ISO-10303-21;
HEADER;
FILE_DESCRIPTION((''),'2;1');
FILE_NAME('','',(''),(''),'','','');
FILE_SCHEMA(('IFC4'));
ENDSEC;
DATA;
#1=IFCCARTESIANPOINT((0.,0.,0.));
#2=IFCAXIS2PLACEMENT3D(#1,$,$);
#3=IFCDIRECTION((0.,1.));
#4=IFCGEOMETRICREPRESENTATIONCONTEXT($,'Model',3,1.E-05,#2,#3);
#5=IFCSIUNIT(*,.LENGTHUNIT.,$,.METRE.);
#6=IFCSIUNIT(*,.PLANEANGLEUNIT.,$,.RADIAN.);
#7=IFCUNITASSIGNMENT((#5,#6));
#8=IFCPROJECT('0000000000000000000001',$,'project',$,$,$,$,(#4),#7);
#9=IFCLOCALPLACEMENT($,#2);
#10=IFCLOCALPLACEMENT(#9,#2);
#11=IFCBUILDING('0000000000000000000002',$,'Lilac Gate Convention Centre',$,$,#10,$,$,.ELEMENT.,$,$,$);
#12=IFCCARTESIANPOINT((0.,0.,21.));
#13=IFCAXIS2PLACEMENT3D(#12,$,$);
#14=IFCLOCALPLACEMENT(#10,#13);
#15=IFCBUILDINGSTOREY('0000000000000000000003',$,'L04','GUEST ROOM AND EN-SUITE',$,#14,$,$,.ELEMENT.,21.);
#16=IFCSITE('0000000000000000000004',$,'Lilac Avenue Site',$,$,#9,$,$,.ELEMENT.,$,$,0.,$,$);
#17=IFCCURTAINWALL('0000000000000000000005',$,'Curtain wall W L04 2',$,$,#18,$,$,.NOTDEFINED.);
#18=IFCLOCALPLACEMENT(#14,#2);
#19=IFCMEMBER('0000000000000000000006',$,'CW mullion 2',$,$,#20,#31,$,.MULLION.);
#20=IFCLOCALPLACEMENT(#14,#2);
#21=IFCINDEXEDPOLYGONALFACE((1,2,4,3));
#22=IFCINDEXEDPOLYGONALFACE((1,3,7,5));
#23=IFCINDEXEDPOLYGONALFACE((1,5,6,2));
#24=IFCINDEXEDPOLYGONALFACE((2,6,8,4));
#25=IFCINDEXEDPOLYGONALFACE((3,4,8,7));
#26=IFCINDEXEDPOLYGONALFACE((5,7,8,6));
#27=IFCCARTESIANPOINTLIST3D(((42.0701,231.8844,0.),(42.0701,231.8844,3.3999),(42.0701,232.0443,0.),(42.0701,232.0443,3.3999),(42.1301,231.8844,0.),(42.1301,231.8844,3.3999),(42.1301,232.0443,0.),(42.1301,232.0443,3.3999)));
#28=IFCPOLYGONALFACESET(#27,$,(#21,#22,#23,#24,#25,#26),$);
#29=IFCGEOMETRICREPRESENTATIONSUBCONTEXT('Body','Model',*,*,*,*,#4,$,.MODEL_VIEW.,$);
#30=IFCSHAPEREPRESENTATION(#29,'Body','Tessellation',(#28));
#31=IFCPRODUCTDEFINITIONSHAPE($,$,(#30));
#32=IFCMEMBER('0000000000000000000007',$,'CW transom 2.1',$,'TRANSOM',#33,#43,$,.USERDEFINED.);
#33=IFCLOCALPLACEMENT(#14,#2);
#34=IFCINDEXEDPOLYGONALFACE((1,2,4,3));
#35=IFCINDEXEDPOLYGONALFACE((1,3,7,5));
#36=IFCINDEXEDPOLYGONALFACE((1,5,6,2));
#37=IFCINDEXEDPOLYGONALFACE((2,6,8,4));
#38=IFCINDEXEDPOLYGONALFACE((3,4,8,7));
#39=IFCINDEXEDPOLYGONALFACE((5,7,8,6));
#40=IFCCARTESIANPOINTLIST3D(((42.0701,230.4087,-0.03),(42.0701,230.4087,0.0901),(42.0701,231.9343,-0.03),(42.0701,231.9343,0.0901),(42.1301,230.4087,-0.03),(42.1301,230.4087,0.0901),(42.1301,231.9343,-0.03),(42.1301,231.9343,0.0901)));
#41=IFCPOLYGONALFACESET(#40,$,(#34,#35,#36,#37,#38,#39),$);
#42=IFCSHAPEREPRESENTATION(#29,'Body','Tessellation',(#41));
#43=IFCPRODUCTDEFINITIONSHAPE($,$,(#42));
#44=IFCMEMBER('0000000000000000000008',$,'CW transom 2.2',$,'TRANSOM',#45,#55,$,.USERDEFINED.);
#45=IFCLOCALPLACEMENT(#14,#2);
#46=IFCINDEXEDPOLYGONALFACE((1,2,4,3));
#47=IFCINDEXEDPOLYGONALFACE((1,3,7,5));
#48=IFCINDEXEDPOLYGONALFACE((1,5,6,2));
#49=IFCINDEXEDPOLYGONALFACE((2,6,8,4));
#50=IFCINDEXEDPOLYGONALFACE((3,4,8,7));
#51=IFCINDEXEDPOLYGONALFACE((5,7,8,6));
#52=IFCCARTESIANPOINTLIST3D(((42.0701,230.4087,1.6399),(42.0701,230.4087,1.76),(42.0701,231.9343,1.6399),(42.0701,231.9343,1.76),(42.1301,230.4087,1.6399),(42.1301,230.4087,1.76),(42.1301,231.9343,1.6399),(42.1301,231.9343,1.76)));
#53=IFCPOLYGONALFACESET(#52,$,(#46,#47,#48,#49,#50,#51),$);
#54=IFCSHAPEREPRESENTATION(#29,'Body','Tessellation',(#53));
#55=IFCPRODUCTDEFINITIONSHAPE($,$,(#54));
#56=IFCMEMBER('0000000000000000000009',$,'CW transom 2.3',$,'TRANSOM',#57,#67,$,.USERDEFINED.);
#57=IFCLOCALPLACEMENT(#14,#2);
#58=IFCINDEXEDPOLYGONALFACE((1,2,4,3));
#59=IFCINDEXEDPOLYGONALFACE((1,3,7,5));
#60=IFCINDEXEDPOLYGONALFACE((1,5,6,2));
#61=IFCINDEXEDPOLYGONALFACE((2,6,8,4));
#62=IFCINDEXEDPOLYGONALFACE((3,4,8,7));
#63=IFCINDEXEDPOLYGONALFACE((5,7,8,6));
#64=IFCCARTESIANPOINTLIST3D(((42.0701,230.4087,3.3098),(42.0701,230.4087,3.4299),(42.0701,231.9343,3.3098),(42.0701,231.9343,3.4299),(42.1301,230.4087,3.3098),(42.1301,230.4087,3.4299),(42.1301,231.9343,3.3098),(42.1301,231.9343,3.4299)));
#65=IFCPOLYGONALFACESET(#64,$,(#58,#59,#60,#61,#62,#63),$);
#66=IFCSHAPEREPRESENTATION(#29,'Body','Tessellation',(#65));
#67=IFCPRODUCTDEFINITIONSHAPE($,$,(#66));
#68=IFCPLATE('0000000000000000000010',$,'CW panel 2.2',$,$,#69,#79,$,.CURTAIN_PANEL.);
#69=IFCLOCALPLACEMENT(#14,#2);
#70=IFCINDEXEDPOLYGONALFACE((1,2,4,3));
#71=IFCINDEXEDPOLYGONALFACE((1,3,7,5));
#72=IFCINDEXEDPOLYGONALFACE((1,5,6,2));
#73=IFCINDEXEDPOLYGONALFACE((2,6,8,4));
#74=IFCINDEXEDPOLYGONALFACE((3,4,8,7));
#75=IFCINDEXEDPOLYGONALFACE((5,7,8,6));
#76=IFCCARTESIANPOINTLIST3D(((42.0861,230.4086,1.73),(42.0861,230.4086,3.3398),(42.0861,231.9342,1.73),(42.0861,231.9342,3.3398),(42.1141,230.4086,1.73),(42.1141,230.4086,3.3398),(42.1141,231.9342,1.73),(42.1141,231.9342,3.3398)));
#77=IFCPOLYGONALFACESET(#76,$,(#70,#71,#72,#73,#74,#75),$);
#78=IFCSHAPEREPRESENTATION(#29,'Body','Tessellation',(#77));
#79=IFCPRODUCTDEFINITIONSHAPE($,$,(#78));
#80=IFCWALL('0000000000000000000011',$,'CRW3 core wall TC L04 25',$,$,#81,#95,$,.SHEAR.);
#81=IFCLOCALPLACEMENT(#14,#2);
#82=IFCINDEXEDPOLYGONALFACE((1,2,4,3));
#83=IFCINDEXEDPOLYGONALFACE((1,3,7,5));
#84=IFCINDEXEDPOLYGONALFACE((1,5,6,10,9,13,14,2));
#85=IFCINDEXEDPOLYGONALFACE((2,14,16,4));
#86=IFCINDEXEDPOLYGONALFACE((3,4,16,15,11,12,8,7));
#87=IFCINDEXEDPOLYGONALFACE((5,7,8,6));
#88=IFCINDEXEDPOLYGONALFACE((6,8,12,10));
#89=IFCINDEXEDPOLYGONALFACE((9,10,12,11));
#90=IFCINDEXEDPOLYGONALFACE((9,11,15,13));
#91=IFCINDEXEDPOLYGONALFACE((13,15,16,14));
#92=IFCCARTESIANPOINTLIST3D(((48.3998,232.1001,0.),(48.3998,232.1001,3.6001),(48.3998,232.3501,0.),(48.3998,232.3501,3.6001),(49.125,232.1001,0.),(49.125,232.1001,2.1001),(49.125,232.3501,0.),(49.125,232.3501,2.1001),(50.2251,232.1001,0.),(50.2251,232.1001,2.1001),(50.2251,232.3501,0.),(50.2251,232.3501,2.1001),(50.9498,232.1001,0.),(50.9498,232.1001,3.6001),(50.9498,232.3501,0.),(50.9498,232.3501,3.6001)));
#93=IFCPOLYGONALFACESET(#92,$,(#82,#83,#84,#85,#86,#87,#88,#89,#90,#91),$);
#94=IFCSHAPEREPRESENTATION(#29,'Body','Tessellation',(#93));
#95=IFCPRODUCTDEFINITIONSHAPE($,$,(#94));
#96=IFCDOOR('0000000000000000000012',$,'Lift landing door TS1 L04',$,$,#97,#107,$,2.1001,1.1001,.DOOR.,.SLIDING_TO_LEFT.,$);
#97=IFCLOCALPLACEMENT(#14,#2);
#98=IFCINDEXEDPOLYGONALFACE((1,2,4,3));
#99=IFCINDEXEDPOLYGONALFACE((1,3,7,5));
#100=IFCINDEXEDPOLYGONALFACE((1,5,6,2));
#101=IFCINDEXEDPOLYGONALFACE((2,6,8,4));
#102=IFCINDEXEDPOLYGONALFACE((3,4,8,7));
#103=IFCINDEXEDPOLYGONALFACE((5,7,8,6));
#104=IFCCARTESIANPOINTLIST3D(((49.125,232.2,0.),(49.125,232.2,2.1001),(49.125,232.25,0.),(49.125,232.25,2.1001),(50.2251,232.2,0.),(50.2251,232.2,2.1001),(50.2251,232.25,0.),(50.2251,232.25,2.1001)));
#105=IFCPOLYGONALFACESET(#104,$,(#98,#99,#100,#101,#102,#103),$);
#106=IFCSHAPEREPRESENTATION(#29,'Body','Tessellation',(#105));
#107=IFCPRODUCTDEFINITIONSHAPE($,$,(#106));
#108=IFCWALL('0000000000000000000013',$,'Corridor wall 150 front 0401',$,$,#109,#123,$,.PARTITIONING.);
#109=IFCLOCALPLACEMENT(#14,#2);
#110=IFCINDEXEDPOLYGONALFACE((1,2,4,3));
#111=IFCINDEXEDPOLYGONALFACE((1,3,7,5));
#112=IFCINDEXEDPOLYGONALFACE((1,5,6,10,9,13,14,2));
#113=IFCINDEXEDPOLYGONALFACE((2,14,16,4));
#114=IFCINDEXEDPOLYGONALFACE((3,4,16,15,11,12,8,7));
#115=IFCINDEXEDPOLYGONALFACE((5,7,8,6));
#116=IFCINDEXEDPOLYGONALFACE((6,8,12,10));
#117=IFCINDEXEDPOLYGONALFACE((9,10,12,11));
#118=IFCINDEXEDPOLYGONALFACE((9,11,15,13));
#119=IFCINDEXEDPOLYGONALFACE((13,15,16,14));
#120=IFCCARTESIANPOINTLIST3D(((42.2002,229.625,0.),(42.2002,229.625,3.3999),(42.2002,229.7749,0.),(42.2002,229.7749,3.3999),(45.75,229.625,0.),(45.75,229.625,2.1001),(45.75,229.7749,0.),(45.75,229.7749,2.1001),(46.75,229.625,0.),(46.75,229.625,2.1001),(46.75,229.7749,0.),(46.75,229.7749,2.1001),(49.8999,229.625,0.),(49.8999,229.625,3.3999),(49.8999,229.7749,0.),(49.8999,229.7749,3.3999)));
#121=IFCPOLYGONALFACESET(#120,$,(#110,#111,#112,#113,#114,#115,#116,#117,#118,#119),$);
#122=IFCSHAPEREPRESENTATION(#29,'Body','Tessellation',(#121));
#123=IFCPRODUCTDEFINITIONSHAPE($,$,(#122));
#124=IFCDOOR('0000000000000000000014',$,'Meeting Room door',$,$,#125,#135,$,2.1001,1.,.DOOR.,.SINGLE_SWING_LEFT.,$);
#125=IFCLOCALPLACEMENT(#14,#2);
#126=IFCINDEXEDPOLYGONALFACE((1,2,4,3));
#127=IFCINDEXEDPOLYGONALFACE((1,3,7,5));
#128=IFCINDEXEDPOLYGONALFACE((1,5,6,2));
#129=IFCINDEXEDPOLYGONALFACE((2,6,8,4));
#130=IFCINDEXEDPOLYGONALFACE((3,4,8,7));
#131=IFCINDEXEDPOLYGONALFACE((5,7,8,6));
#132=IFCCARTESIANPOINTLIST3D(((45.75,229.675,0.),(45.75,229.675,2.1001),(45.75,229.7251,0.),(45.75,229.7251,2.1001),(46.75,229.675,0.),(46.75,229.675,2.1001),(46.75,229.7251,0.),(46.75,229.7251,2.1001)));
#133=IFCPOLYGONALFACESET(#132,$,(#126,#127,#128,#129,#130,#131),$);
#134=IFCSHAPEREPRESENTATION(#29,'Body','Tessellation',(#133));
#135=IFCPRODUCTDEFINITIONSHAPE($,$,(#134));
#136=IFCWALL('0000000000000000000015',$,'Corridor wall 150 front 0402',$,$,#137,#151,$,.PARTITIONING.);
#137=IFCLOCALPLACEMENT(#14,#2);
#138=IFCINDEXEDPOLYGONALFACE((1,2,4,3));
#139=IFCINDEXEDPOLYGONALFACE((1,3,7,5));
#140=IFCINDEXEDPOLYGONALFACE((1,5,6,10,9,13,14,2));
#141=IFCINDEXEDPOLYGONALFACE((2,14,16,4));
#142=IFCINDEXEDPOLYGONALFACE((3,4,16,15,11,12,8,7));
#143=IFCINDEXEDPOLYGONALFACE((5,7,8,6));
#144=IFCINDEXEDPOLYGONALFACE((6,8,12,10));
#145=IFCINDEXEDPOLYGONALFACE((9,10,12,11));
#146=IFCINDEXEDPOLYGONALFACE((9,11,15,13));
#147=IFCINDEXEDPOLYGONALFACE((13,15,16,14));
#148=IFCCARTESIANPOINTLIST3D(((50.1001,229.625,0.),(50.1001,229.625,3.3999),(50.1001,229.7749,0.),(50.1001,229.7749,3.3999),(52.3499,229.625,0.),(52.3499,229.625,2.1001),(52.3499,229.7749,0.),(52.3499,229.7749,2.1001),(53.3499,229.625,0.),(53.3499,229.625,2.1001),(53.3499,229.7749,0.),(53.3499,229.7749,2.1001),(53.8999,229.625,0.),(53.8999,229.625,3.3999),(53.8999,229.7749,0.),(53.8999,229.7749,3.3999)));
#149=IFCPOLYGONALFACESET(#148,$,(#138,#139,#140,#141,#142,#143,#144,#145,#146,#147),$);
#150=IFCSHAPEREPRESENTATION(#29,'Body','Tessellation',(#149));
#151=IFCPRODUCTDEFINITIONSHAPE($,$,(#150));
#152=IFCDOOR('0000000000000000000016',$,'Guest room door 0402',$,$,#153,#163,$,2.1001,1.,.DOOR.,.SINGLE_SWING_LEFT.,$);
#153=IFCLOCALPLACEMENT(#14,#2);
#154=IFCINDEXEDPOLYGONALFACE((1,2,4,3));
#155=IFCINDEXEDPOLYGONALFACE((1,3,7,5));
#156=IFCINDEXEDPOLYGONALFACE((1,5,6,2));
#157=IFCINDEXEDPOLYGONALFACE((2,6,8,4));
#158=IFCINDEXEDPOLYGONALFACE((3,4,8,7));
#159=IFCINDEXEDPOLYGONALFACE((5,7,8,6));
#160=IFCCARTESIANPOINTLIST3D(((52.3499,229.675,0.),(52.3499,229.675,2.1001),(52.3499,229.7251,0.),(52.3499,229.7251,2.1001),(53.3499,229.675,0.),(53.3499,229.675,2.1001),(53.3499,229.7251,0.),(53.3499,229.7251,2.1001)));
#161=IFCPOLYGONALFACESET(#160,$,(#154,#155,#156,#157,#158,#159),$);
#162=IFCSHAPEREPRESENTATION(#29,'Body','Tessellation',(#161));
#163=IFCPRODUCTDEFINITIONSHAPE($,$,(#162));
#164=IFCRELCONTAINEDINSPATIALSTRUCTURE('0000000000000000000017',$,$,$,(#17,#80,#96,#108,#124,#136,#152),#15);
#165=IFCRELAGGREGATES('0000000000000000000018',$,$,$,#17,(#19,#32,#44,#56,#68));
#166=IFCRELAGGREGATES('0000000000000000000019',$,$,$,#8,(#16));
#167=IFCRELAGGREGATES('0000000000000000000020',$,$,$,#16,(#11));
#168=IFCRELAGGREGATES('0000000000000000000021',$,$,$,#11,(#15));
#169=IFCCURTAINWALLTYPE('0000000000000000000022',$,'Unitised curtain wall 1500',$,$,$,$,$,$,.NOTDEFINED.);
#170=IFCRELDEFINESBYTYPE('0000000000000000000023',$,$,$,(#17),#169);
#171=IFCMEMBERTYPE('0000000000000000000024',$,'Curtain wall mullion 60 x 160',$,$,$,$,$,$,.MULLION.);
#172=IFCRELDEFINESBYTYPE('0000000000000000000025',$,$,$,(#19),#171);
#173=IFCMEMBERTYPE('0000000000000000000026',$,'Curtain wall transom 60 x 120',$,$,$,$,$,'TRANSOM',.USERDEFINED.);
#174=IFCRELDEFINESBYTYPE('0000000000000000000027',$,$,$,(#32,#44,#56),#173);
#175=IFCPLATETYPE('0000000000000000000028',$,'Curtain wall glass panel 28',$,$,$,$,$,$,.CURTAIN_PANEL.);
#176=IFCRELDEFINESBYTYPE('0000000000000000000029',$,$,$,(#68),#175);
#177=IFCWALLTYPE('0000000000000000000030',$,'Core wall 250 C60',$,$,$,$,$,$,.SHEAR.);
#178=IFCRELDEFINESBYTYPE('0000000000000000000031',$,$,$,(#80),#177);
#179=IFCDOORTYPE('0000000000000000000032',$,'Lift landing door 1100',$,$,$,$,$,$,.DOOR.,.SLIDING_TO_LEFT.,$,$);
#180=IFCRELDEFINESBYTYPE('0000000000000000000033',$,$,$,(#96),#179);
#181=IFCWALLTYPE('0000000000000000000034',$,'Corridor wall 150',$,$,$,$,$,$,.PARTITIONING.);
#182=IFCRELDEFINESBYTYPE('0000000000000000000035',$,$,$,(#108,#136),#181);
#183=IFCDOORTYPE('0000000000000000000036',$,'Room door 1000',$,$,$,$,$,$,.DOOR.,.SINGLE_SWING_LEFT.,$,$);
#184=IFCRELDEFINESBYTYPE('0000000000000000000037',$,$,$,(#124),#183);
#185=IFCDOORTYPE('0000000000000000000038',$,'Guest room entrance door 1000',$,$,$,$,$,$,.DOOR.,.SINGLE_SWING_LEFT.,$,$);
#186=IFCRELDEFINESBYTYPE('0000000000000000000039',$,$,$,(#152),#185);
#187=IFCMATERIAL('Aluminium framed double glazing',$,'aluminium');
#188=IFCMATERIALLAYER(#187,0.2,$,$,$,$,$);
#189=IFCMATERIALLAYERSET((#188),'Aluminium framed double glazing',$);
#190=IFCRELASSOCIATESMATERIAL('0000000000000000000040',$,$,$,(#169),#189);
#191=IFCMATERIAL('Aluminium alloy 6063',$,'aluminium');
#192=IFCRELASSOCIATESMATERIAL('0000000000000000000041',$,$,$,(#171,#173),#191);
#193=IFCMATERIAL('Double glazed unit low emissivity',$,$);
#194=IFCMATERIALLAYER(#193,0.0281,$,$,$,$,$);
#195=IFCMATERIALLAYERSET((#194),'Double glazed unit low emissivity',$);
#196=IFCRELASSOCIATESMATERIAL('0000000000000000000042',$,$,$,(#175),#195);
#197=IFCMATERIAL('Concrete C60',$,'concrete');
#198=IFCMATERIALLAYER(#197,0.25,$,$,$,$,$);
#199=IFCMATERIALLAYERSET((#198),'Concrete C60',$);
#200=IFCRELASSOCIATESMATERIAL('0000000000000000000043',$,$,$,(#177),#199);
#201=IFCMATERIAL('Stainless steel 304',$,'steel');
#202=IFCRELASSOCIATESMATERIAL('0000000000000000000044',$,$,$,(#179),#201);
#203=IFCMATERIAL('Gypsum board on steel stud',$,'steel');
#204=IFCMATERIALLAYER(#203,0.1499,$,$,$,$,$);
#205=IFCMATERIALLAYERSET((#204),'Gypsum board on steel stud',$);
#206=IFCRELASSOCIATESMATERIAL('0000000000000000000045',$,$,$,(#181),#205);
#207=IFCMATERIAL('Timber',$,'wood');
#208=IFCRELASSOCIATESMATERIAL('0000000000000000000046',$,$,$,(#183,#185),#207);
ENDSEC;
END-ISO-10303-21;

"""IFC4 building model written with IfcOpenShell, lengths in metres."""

from ifc_helpers import new_model, si_unit, direction, frame, frame_2d, origin, origin_2d, place, context, subcontext, project, spatial, rectangle, extrude, material, layer, layer_set, material_profile, profile_set, type_object, element, fill, aggregate, save


model = new_model("IFC4")

# Units and contexts
model_context = context("Model", 3, precision=1e-05, world=origin(), true_north=direction((0.0, 1.0)))
body_context = subcontext(model_context, "Body", "Model", "MODEL_VIEW")
ifc_project = project(units=[si_unit("LENGTHUNIT", "METRE"), si_unit("PLANEANGLEUNIT", "RADIAN")], contexts=[model_context])

# Site, building, storey
site_placement = place(None, origin())
site = spatial("IfcSite", under=ifc_project, at=site_placement, Name="Lilac Avenue Site", CompositionType="ELEMENT", RefElevation=0.0)
building_placement = place(site_placement, origin())
building = spatial("IfcBuilding", under=site, at=building_placement, Name="Lilac Gate Convention Centre", CompositionType="ELEMENT")
storey_placement = place(building_placement, frame((0.0, 0.0, 21.0)))
storey = spatial("IfcBuildingStorey", under=building, at=storey_placement, Name="L04", Description="GUEST ROOM AND EN-SUITE", CompositionType="ELEMENT", Elevation=21.0)

# Curtain wall, members, plate
ifc_material_1 = material(Name="Aluminium framed double glazing", Category="aluminium")
ifc_layer_1 = layer(ifc_material_1, 0.2)
ifc_layer_set_1 = layer_set([ifc_layer_1], Name="Aluminium framed double glazing")
curtain_wall_type = type_object("IfcCurtainWallType", Name="Unitised curtain wall 1500", PredefinedType="NOTDEFINED", material=ifc_layer_set_1)
curtain_wall_placement = place(storey_placement, origin())
curtain_wall = element("IfcCurtainWall", 1, at=curtain_wall_placement, inside=storey, type_object=curtain_wall_type, Name="Curtain wall W L04 2", PredefinedType="NOTDEFINED")
ifc_material_2 = material(Name="Aluminium alloy 6063", Category="aluminium")
ifc_material_profile_1 = material_profile(ifc_material_2, rectangle(XDim=0.0601, YDim=0.1599, at=origin_2d()), Name="Curtain wall mullion 60 x 160")
ifc_profile_set_1 = profile_set([ifc_material_profile_1], Name="Aluminium alloy 6063")
member_type_1 = type_object("IfcMemberType", Name="Curtain wall mullion 60 x 160", PredefinedType="MULLION", material=ifc_profile_set_1)
member_1_placement = place(storey_placement, frame((42.1001, 231.9644, 0.0), z_axis=(0.0, 0.0, 1.0), x_axis=(1.0, 0.0, 0.0)))
member_1 = element("IfcMember", 2, at=member_1_placement, type_object=member_type_1, Name="CW mullion 2", PredefinedType="MULLION", context=body_context, shape_type="SweptSolid", body=[
    extrude(rectangle(XDim=0.0601, YDim=0.1599, at=origin_2d()), origin(), (0.0, 0.0, 1.0), 3.3999),
])
ifc_material_profile_2 = material_profile(ifc_material_2, rectangle(XDim=0.0601, YDim=0.1201, at=origin_2d()), Name="Curtain wall transom 60 x 120")
ifc_profile_set_2 = profile_set([ifc_material_profile_2], Name="Aluminium alloy 6063")
member_type_2 = type_object("IfcMemberType", Name="Curtain wall transom 60 x 120", ElementType="TRANSOM", PredefinedType="USERDEFINED", material=ifc_profile_set_2)
member_2_placement = place(storey_placement, frame((42.1001, 231.9343, 0.03), z_axis=(0.0, -1.0, 0.0), x_axis=(1.0, 0.0, 0.0)))
member_2 = element("IfcMember", 3, at=member_2_placement, type_object=member_type_2, Name="CW transom 2.1", ObjectType="TRANSOM", PredefinedType="USERDEFINED", context=body_context, shape_type="SweptSolid", body=[
    extrude(rectangle(XDim=0.0601, YDim=0.1201, at=origin_2d()), origin(), (0.0, 0.0, 1.0), 1.5256),
])
member_3_placement = place(storey_placement, frame((42.1001, 231.9343, 1.7), z_axis=(0.0, -1.0, 0.0), x_axis=(1.0, 0.0, 0.0)))
member_3 = element("IfcMember", 4, at=member_3_placement, type_object=member_type_2, Name="CW transom 2.2", ObjectType="TRANSOM", PredefinedType="USERDEFINED", context=body_context, shape_type="SweptSolid", body=[
    extrude(rectangle(XDim=0.0601, YDim=0.1201, at=origin_2d()), origin(), (0.0, 0.0, 1.0), 1.5256),
])
member_4_placement = place(storey_placement, frame((42.1001, 231.9343, 3.3699), z_axis=(0.0, -1.0, 0.0), x_axis=(1.0, 0.0, 0.0)))
member_4 = element("IfcMember", 5, at=member_4_placement, type_object=member_type_2, Name="CW transom 2.3", ObjectType="TRANSOM", PredefinedType="USERDEFINED", context=body_context, shape_type="SweptSolid", body=[
    extrude(rectangle(XDim=0.0601, YDim=0.1201, at=origin_2d()), origin(), (0.0, 0.0, 1.0), 1.5256),
])
ifc_material_3 = material(Name="Double glazed unit low emissivity")
ifc_layer_2 = layer(ifc_material_3, 0.0281)
ifc_layer_set_2 = layer_set([ifc_layer_2], Name="Double glazed unit low emissivity")
plate_type = type_object("IfcPlateType", Name="Curtain wall glass panel 28", PredefinedType="CURTAIN_PANEL", material=ifc_layer_set_2)
plate_placement = place(storey_placement, frame((42.1001, 231.1714, 1.73), z_axis=(0.0, 0.0, 1.0), x_axis=(0.0, -1.0, 0.0)))
plate = element("IfcPlate", 6, at=plate_placement, type_object=plate_type, Name="CW panel 2.2", PredefinedType="CURTAIN_PANEL", context=body_context, shape_type="SweptSolid", body=[
    extrude(rectangle(XDim=1.5256, YDim=0.0281, at=origin_2d()), origin(), (0.0, 0.0, 1.0), 1.6099),
])
aggregate(curtain_wall, [member_1, member_2, member_3, member_4, plate])

# Walls, openings, doors
ifc_material_4 = material(Name="Concrete C60", Category="concrete")
ifc_layer_3 = layer(ifc_material_4, 0.25)
ifc_layer_set_3 = layer_set([ifc_layer_3], Name="Concrete C60")
wall_type_1 = type_object("IfcWallType", Name="Core wall 250 C60", PredefinedType="SHEAR", material=ifc_layer_set_3)
wall_1_placement = place(storey_placement, frame((48.3999, 232.2251, 0.0), z_axis=(0.0, 0.0, 1.0), x_axis=(1.0, 0.0, 0.0)))
wall_1 = element("IfcWall", 7, at=wall_1_placement, inside=storey, type_object=wall_type_1, Name="CRW3 core wall TC L04 25", PredefinedType="SHEAR", context=body_context, shape_type="SweptSolid", body=[
    extrude(rectangle(XDim=2.55, YDim=0.25, at=frame_2d((1.2749, 0.0))), origin(), (0.0, 0.0, 1.0), 3.6001),
])
opening_1_placement = place(wall_1_placement, frame((0.7251, 0.0, 0.0)))
opening_1 = element("IfcOpeningElement", 8, at=opening_1_placement, cuts=wall_1, PredefinedType="OPENING", context=body_context, shape_type="SweptSolid", body=[
    extrude(rectangle(XDim=1.1001, YDim=2.1001, at=frame_2d((0.55, 1.05))), frame((0.0, 0.135, 0.0), z_axis=(0.0, -1.0, 0.0), x_axis=(1.0, 0.0, 0.0)), (0.0, 0.0, 1.0), 0.27),
])
ifc_material_5 = material(Name="Stainless steel 304", Category="steel")
door_type_1 = type_object("IfcDoorType", Name="Lift landing door 1100", OperationType="SLIDING_TO_LEFT", PredefinedType="DOOR", material=ifc_material_5)
door_1_placement = place(opening_1_placement, origin())
door_1 = element("IfcDoor", 9, at=door_1_placement, inside=storey, type_object=door_type_1, Name="Lift landing door TS1 L04", OperationType="SLIDING_TO_LEFT", OverallHeight=2.1001, OverallWidth=1.1001, PredefinedType="DOOR", context=body_context, shape_type="SweptSolid", body=[
    extrude(rectangle(XDim=1.1001, YDim=2.1001, at=frame_2d((0.55, 1.05))), frame((0.0, 0.0249, 0.0), z_axis=(0.0, -1.0, 0.0), x_axis=(1.0, 0.0, 0.0)), (0.0, 0.0, 1.0), 0.05),
])
fill(opening_1, door_1)
ifc_material_6 = material(Name="Gypsum board on steel stud", Category="steel")
ifc_layer_4 = layer(ifc_material_6, 0.1499)
ifc_layer_set_4 = layer_set([ifc_layer_4], Name="Gypsum board on steel stud")
wall_type_2 = type_object("IfcWallType", Name="Corridor wall 150", PredefinedType="PARTITIONING", material=ifc_layer_set_4)
wall_2_placement = place(storey_placement, frame((49.8999, 229.7, 0.0), z_axis=(0.0, 0.0, 1.0), x_axis=(-1.0, 0.0, 0.0)))
wall_2 = element("IfcWall", 10, at=wall_2_placement, inside=storey, type_object=wall_type_2, Name="Corridor wall 150 front 0401", PredefinedType="PARTITIONING", context=body_context, shape_type="SweptSolid", body=[
    extrude(rectangle(XDim=7.6997, YDim=0.1499, at=frame_2d((3.8499, 0.0))), origin(), (0.0, 0.0, 1.0), 3.3999),
])
opening_2_placement = place(wall_2_placement, frame((3.1499, 0.0, 0.0)))
opening_2 = element("IfcOpeningElement", 11, at=opening_2_placement, cuts=wall_2, PredefinedType="OPENING", context=body_context, shape_type="SweptSolid", body=[
    extrude(rectangle(XDim=1.0, YDim=2.1001, at=frame_2d((0.5, 1.05))), frame((0.0, 0.085, 0.0), z_axis=(0.0, -1.0, 0.0), x_axis=(1.0, 0.0, 0.0)), (0.0, 0.0, 1.0), 0.1699),
])
ifc_material_7 = material(Name="Timber", Category="wood")
door_type_2 = type_object("IfcDoorType", Name="Room door 1000", OperationType="SINGLE_SWING_LEFT", PredefinedType="DOOR", material=ifc_material_7)
door_2_placement = place(opening_2_placement, origin())
door_2 = element("IfcDoor", 12, at=door_2_placement, inside=storey, type_object=door_type_2, Name="Meeting Room door", OperationType="SINGLE_SWING_LEFT", OverallHeight=2.1001, OverallWidth=1.0, PredefinedType="DOOR", context=body_context, shape_type="SweptSolid", body=[
    extrude(rectangle(XDim=1.0, YDim=2.1001, at=frame_2d((0.5, 1.05))), frame((0.0, 0.0249, 0.0), z_axis=(0.0, -1.0, 0.0), x_axis=(1.0, 0.0, 0.0)), (0.0, 0.0, 1.0), 0.05),
])
fill(opening_2, door_2)
wall_3_placement = place(storey_placement, frame((53.8999, 229.7, 0.0), z_axis=(0.0, 0.0, 1.0), x_axis=(-1.0, 0.0, 0.0)))
wall_3 = element("IfcWall", 13, at=wall_3_placement, inside=storey, type_object=wall_type_2, Name="Corridor wall 150 front 0402", PredefinedType="PARTITIONING", context=body_context, shape_type="SweptSolid", body=[
    extrude(rectangle(XDim=3.7998, YDim=0.1499, at=frame_2d((1.8999, 0.0))), origin(), (0.0, 0.0, 1.0), 3.3999),
])
opening_3_placement = place(wall_3_placement, frame((0.55, 0.0, 0.0)))
opening_3 = element("IfcOpeningElement", 14, at=opening_3_placement, cuts=wall_3, PredefinedType="OPENING", context=body_context, shape_type="SweptSolid", body=[
    extrude(rectangle(XDim=1.0, YDim=2.1001, at=frame_2d((0.5, 1.05))), frame((0.0, 0.085, 0.0), z_axis=(0.0, -1.0, 0.0), x_axis=(1.0, 0.0, 0.0)), (0.0, 0.0, 1.0), 0.1699),
])
door_type_3 = type_object("IfcDoorType", Name="Guest room entrance door 1000", OperationType="SINGLE_SWING_LEFT", PredefinedType="DOOR", material=ifc_material_7)
door_3_placement = place(opening_3_placement, origin())
door_3 = element("IfcDoor", 15, at=door_3_placement, inside=storey, type_object=door_type_3, Name="Guest room door 0402", OperationType="SINGLE_SWING_LEFT", OverallHeight=2.1001, OverallWidth=1.0, PredefinedType="DOOR", context=body_context, shape_type="SweptSolid", body=[
    extrude(rectangle(XDim=1.0, YDim=2.1001, at=frame_2d((0.5, 1.05))), frame((0.0, 0.0249, 0.0), z_axis=(0.0, -1.0, 0.0), x_axis=(1.0, 0.0, 0.0)), (0.0, 0.0, 1.0), 0.05),
])
fill(opening_3, door_3)

save(model, "model.ifc")
